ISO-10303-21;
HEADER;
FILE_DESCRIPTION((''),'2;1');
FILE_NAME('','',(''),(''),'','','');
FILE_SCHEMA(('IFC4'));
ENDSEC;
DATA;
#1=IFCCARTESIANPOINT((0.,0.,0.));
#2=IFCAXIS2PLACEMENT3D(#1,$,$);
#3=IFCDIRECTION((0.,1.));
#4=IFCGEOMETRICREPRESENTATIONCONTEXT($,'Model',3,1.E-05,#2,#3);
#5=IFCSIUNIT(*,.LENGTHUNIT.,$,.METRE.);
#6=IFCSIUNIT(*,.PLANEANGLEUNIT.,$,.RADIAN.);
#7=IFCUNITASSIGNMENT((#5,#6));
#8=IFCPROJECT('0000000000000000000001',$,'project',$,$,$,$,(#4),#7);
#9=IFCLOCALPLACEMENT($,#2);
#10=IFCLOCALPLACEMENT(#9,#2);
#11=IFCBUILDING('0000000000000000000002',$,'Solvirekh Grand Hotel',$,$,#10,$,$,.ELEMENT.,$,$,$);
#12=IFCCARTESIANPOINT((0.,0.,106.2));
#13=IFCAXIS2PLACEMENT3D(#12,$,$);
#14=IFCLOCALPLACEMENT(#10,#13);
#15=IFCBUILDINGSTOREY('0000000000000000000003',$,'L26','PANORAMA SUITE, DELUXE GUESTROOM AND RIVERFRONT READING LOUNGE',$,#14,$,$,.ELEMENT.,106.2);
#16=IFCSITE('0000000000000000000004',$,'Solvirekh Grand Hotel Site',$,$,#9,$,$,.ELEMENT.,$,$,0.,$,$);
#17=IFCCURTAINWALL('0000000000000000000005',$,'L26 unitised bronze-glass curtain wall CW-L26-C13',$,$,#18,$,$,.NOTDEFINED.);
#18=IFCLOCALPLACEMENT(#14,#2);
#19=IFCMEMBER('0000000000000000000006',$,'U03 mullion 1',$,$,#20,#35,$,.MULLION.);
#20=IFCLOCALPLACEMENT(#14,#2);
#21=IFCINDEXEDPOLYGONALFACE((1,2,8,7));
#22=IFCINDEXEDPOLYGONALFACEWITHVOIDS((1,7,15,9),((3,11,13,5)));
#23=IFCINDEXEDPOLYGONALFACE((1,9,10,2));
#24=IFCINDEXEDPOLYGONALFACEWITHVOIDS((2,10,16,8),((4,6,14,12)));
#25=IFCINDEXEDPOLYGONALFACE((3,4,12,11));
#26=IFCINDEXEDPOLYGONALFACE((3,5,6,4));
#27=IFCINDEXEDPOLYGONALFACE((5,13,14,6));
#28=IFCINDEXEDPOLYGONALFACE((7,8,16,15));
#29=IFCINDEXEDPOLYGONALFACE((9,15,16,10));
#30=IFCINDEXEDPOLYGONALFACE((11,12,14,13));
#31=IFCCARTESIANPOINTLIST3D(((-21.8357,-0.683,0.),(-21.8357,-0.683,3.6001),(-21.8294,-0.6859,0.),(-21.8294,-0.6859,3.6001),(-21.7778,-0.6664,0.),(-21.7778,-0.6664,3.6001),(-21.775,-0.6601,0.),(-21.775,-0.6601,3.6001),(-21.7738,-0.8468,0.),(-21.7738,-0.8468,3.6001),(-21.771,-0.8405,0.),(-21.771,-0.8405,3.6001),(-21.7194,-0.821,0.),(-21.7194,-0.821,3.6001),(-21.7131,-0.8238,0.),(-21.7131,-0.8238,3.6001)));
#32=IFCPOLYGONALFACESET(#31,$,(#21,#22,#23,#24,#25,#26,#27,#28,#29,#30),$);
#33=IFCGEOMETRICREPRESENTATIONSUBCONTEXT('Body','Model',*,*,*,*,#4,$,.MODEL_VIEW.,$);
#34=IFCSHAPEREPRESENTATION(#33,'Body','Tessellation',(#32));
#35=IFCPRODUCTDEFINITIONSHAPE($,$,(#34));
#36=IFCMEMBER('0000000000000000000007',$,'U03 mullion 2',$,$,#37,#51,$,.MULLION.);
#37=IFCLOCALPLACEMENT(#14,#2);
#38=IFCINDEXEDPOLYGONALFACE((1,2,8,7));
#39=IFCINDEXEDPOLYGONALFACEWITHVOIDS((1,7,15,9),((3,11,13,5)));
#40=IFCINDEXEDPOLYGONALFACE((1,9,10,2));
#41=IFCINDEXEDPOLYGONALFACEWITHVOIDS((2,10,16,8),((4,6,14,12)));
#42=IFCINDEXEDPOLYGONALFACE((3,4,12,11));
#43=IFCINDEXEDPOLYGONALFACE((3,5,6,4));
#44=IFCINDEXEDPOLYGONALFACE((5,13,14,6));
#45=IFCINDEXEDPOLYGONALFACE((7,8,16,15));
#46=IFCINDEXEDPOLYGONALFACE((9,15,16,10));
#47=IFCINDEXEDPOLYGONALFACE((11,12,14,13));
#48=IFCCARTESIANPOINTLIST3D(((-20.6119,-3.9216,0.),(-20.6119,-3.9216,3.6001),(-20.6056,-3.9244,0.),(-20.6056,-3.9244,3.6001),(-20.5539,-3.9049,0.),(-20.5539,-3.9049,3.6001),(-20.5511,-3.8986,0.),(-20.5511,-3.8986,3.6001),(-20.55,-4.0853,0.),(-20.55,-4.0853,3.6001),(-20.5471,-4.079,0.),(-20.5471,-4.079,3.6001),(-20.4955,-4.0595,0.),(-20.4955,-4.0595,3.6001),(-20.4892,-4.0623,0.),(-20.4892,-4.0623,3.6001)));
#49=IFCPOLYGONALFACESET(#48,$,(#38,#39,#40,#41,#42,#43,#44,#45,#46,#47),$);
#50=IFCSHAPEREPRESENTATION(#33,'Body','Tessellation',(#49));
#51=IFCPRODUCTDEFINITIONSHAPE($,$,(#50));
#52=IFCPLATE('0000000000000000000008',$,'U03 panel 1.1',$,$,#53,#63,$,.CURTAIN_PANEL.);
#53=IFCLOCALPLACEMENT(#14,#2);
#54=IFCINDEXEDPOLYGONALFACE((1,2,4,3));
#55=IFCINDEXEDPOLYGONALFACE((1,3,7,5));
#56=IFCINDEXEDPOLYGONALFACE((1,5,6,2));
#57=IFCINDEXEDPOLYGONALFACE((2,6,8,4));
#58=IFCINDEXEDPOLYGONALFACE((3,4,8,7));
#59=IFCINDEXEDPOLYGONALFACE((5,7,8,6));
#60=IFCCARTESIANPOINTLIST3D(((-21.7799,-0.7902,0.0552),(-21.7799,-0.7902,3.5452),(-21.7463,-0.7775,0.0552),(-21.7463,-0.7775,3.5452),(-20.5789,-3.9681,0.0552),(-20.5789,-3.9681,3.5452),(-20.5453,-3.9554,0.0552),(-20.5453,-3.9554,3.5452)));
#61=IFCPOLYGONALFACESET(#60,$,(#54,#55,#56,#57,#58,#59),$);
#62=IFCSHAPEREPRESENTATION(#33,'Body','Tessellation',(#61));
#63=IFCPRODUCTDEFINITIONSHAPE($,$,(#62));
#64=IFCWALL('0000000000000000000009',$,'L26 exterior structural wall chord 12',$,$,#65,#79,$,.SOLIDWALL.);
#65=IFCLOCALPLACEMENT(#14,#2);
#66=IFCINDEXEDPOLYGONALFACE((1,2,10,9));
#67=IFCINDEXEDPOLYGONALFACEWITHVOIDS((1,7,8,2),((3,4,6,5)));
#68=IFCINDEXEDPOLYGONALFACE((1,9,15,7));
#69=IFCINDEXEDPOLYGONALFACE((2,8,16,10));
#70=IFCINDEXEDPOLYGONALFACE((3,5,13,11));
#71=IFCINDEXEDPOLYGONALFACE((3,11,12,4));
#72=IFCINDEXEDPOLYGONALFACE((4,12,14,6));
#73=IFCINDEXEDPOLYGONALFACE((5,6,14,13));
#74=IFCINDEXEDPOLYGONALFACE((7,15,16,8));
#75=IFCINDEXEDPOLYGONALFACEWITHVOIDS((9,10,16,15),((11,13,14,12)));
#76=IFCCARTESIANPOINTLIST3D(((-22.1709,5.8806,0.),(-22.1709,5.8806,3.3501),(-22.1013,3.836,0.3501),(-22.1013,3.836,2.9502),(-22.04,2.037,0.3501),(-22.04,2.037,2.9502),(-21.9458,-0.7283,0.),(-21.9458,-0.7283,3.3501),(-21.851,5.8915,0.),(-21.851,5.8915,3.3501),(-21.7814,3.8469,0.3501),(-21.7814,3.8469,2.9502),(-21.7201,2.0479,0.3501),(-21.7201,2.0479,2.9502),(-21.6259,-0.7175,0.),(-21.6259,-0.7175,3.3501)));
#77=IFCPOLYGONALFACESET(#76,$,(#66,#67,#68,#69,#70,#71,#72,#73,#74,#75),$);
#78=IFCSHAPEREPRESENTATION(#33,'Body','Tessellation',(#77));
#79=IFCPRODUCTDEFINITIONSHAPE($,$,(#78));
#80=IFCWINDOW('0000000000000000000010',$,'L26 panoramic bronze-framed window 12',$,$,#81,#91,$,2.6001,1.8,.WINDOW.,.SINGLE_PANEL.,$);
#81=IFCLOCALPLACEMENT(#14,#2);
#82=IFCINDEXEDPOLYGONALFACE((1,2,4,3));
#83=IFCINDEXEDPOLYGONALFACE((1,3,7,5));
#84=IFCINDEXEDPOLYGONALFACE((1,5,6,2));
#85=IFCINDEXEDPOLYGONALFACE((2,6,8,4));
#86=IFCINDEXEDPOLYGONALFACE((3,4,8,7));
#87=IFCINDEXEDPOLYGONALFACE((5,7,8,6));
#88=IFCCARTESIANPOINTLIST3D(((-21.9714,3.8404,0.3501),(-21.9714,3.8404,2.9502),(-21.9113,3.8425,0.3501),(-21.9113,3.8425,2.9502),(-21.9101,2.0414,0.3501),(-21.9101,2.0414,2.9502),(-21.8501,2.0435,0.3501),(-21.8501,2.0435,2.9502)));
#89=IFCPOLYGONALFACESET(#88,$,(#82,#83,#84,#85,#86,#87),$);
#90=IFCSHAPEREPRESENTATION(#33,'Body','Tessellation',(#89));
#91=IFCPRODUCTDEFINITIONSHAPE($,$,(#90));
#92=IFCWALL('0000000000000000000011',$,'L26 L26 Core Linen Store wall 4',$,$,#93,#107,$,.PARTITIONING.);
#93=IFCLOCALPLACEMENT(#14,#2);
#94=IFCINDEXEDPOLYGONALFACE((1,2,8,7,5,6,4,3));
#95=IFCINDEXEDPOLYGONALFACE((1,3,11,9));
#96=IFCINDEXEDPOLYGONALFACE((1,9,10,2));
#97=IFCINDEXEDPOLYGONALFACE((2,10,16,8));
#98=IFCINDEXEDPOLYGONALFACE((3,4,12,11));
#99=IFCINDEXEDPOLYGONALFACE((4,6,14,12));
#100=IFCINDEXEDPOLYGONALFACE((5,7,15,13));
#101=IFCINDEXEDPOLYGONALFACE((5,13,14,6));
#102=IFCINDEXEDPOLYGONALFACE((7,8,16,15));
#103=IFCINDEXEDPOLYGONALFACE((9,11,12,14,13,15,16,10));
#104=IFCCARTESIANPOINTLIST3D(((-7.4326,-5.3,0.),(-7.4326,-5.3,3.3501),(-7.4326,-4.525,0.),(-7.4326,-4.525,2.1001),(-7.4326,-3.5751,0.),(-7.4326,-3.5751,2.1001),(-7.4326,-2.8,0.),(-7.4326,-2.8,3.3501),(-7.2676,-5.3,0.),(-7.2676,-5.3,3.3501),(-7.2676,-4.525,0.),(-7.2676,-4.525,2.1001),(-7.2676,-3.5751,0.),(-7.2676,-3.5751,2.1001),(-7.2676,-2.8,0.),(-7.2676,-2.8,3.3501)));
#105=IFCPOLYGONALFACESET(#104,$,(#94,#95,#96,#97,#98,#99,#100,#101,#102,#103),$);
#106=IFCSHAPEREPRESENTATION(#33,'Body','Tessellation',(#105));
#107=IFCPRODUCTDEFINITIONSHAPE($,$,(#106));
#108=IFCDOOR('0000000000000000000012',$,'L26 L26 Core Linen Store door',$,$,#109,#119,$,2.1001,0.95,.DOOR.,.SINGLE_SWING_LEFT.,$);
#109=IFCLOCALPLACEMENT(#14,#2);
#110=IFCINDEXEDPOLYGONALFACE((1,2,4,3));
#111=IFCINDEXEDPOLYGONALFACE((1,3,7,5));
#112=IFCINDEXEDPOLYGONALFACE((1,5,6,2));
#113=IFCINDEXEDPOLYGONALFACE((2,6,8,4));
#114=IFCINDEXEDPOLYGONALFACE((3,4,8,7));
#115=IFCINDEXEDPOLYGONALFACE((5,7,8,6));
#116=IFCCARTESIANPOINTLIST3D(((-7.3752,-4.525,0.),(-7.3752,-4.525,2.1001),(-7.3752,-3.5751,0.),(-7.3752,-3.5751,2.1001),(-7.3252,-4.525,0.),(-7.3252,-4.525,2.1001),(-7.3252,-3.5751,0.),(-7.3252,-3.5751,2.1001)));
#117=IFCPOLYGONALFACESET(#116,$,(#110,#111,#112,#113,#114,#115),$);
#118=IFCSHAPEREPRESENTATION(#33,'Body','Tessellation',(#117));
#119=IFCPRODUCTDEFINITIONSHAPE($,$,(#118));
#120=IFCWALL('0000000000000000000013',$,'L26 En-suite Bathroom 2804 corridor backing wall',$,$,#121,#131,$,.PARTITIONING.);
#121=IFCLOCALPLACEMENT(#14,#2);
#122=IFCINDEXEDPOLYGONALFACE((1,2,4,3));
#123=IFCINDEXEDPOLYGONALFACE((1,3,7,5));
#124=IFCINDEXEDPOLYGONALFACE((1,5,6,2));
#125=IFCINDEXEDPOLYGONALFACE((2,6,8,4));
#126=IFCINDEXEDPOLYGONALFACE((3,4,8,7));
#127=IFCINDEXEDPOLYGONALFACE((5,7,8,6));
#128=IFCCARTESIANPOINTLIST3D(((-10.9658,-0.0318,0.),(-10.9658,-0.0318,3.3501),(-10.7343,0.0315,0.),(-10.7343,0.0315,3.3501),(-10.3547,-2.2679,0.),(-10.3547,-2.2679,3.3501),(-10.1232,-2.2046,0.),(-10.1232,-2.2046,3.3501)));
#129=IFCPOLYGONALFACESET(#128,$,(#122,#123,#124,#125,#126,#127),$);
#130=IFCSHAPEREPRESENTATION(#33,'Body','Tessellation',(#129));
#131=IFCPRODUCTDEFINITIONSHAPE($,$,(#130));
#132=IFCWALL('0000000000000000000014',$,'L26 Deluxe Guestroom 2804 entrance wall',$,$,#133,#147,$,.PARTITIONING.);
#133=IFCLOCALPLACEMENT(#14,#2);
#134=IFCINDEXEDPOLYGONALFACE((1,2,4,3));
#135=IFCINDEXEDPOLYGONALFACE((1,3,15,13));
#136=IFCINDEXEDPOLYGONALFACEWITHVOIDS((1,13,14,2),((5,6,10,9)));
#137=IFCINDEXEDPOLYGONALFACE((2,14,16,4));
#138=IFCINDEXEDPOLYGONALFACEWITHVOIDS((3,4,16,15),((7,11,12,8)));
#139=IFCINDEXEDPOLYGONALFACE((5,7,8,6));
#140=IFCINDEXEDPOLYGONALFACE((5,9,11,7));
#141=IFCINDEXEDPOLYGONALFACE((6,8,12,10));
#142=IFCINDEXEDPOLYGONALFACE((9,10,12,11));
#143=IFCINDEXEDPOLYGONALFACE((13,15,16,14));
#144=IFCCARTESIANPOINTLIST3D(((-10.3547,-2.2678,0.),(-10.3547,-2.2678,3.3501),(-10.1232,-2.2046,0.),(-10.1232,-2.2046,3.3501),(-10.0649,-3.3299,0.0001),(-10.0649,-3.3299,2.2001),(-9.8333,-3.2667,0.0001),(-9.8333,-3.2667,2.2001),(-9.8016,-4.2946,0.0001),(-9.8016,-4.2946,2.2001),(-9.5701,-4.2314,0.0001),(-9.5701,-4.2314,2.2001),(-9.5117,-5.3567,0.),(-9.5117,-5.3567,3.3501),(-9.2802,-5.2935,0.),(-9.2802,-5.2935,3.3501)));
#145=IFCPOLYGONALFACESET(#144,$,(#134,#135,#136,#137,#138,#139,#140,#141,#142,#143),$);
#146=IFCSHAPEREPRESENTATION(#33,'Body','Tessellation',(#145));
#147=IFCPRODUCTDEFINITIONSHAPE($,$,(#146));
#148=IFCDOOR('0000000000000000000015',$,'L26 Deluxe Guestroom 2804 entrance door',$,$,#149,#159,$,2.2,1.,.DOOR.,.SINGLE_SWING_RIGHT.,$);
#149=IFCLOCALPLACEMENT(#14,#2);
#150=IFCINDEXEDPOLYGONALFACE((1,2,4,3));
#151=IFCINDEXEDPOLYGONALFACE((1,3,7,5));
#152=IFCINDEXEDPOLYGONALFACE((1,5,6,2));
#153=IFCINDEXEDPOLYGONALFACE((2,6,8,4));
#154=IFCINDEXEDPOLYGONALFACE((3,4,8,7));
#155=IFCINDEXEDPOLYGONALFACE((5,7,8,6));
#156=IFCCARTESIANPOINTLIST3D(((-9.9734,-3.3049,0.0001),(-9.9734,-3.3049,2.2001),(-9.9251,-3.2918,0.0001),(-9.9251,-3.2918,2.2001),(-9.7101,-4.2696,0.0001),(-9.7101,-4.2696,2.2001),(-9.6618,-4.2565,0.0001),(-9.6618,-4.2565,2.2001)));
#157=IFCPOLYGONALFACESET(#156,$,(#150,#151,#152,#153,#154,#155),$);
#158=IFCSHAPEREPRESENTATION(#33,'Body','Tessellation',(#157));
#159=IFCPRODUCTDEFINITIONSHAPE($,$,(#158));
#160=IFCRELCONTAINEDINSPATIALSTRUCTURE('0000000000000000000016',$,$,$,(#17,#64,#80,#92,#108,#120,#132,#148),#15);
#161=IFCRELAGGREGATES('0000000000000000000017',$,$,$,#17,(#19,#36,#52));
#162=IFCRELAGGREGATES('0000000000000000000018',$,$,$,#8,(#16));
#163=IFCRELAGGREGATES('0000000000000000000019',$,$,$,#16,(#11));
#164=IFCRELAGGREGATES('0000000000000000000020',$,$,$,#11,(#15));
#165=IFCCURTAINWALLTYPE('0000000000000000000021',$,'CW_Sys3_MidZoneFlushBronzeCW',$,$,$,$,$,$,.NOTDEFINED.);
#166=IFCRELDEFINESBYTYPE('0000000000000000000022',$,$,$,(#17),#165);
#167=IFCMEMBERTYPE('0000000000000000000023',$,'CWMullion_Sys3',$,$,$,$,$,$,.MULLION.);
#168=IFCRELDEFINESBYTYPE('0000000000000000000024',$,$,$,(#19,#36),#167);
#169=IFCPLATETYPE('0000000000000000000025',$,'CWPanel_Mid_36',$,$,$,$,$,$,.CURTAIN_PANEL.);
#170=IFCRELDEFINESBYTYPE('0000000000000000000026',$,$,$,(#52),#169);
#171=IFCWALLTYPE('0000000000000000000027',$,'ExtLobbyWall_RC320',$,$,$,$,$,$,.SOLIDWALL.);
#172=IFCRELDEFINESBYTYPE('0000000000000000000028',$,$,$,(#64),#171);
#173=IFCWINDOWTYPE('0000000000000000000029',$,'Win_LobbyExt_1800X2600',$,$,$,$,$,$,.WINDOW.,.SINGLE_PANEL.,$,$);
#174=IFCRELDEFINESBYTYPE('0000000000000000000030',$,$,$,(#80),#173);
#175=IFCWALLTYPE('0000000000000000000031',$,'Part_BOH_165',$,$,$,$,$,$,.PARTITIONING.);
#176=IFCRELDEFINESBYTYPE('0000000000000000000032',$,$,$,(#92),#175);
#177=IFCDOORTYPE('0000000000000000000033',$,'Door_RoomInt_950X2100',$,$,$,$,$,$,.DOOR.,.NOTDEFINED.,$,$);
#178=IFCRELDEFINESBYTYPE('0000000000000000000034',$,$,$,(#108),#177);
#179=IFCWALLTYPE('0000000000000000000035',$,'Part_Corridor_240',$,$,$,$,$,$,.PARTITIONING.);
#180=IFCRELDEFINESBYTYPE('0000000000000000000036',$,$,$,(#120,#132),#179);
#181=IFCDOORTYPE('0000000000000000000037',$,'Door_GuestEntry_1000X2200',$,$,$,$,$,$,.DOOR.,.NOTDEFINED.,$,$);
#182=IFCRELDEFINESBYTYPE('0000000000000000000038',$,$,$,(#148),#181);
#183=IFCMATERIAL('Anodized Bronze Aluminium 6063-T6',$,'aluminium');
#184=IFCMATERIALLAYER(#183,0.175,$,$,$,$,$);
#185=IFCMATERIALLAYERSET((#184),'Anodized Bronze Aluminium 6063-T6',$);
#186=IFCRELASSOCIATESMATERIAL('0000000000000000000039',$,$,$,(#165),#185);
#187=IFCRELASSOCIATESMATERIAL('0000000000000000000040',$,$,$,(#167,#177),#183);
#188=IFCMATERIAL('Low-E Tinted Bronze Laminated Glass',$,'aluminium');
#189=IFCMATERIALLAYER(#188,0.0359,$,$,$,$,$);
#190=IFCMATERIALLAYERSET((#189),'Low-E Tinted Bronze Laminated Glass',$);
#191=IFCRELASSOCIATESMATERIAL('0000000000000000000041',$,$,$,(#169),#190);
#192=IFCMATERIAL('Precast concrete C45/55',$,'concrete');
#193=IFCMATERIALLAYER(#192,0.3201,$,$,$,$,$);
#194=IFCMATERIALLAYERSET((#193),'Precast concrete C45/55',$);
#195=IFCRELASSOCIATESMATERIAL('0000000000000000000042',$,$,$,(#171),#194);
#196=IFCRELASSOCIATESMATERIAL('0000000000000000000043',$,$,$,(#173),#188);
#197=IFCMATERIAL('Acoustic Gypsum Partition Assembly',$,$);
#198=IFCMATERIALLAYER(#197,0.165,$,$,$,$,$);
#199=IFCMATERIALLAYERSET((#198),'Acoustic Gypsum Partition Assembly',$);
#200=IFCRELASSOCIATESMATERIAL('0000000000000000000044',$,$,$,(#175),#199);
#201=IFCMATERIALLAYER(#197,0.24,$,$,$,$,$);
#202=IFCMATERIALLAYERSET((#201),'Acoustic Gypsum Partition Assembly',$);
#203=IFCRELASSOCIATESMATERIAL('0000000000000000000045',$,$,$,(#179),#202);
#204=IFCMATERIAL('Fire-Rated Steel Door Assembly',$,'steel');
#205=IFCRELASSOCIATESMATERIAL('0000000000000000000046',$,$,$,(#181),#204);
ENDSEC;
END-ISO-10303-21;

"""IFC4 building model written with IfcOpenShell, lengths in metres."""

from ifc_helpers import new_model, si_unit, direction, frame, frame_2d, origin, origin_2d, place, context, subcontext, project, spatial, rectangle, hollow_rectangle, extrude, source, transform, mapped, material, layer, layer_set, material_profile, profile_set, type_object, element, fill, aggregate, save


model = new_model("IFC4")

# Units and contexts
model_context = context("Model", 3, precision=1e-05, world=origin(), true_north=direction((0.0, 1.0)))
body_context = subcontext(model_context, "Body", "Model", "MODEL_VIEW")
ifc_project = project(units=[si_unit("LENGTHUNIT", "METRE"), si_unit("PLANEANGLEUNIT", "RADIAN")], contexts=[model_context])

# Site, building, storey
site_placement = place(None, origin())
site = spatial("IfcSite", under=ifc_project, at=site_placement, Name="Solvirekh Grand Hotel Site", CompositionType="ELEMENT", RefElevation=0.0)
building_placement = place(site_placement, origin())
building = spatial("IfcBuilding", under=site, at=building_placement, Name="Solvirekh Grand Hotel", CompositionType="ELEMENT")
storey_placement = place(building_placement, frame((0.0, 0.0, 106.2)))
storey = spatial("IfcBuildingStorey", under=building, at=storey_placement, Name="L26", Description="PANORAMA SUITE, DELUXE GUESTROOM AND RIVERFRONT READING LOUNGE", CompositionType="ELEMENT", Elevation=106.2)

# Curtain wall, members, plate
ifc_material_1 = material(Name="Anodized Bronze Aluminium 6063-T6", Category="aluminium")
ifc_layer_1 = layer(ifc_material_1, 0.175)
ifc_layer_set_1 = layer_set([ifc_layer_1], Name="Anodized Bronze Aluminium 6063-T6")
curtain_wall_type = type_object("IfcCurtainWallType", Name="CW_Sys3_MidZoneFlushBronzeCW", PredefinedType="NOTDEFINED", material=ifc_layer_set_1)
curtain_wall_placement = place(storey_placement, origin())
curtain_wall = element("IfcCurtainWall", 1, at=curtain_wall_placement, inside=storey, type_object=curtain_wall_type, Name="L26 unitised bronze-glass curtain wall CW-L26-C13", PredefinedType="NOTDEFINED")
ifc_material_profile_1 = material_profile(ifc_material_1, hollow_rectangle(XDim=0.0649, YDim=0.175, WallThickness=0.0049, at=origin_2d()), Name="ALU RHS 175X65X5")
ifc_profile_set_1 = profile_set([ifc_material_profile_1], Name="Anodized Bronze Aluminium 6063-T6")
member_type_1 = type_object("IfcMemberType", Name="CWMullion_Sys3", PredefinedType="MULLION", material=ifc_profile_set_1)
shared_shape_1 = source(origin(), body_context, "Body", "SweptSolid", [
    extrude(hollow_rectangle(XDim=0.0649, YDim=0.175, WallThickness=0.0049, at=origin_2d()), origin(), (0.0, 0.0, 1.0), 3.6001),
])
member_1_placement = place(storey_placement, frame((-21.7744, -0.7534, 0.0), z_axis=(0.0, 0.0, 1.0), x_axis=(0.935421, 0.353537, 0.0)))
member_1 = element("IfcMember", 2, at=member_1_placement, type_object=member_type_1, Name="U03 mullion 1", PredefinedType="MULLION", context=body_context, shape_type="MappedRepresentation", body=[
    mapped(shared_shape_1, transform((0.0, 0.0, 0.0), x_axis=(1.0, 0.0, 0.0), y_axis=(0.0, 1.0, 0.0), z_axis=(0.0, 0.0, 1.0), scale=1.0)),
])
member_2_placement = place(storey_placement, frame((-20.5505, -3.9919, 0.0), z_axis=(0.0, 0.0, 1.0), x_axis=(0.935421, 0.353537, 0.0)))
member_2 = element("IfcMember", 3, at=member_2_placement, type_object=member_type_1, Name="U03 mullion 2", PredefinedType="MULLION", context=body_context, shape_type="MappedRepresentation", body=[
    mapped(shared_shape_1, transform((0.0, 0.0, 0.0), x_axis=(1.0, 0.0, 0.0), y_axis=(0.0, 1.0, 0.0), z_axis=(0.0, 0.0, 1.0), scale=1.0)),
])
ifc_material_2 = material(Name="Low-E Tinted Bronze Laminated Glass", Category="aluminium")
ifc_layer_2 = layer(ifc_material_2, 0.0359)
ifc_layer_set_2 = layer_set([ifc_layer_2], Name="Low-E Tinted Bronze Laminated Glass")
plate_type = type_object("IfcPlateType", Name="CWPanel_Mid_36", PredefinedType="CURTAIN_PANEL", material=ifc_layer_set_2)
shared_shape_2 = source(origin(), body_context, "Body", "SweptSolid", [
    extrude(rectangle(XDim=3.3972, YDim=0.0359, at=origin_2d()), origin(), (0.0, 0.0, 1.0), 3.49),
])
plate_placement = place(storey_placement, frame((-21.1626, -2.3728, 0.0552), z_axis=(0.0, 0.0, 1.0), x_axis=(0.353537, -0.935421, 0.0)))
plate = element("IfcPlate", 4, at=plate_placement, type_object=plate_type, Name="U03 panel 1.1", PredefinedType="CURTAIN_PANEL", context=body_context, shape_type="MappedRepresentation", body=[
    mapped(shared_shape_2, transform((0.0, 0.0, 0.0), x_axis=(1.0, 0.0, 0.0), y_axis=(0.0, 1.0, 0.0), z_axis=(0.0, 0.0, 1.0), scale=1.0)),
])
aggregate(curtain_wall, [member_1, member_2, plate])

# Wall, opening, window
ifc_material_3 = material(Name="Precast concrete C45/55", Category="concrete")
ifc_layer_3 = layer(ifc_material_3, 0.3201)
ifc_layer_set_3 = layer_set([ifc_layer_3], Name="Precast concrete C45/55")
wall_type_1 = type_object("IfcWallType", Name="ExtLobbyWall_RC320", PredefinedType="SOLIDWALL", material=ifc_layer_set_3)
wall_1_placement = place(storey_placement, frame((-21.7859, -0.7229, 0.0), z_axis=(0.0, 0.0, 1.0), x_axis=(-0.03404, 0.99942, 0.0)))
wall_1 = element("IfcWall", 5, at=wall_1_placement, inside=storey, type_object=wall_type_1, Name="L26 exterior structural wall chord 12", PredefinedType="SOLIDWALL", context=body_context, shape_type="SweptSolid", body=[
    extrude(rectangle(XDim=6.6128, YDim=0.3201, at=frame_2d((3.3064, 0.0))), origin(), (0.0, 0.0, 1.0), 3.3501),
])
opening_1_placement = place(wall_1_placement, frame((2.7671, 0.0, 0.3501)))
opening_1 = element("IfcOpeningElement", 6, at=opening_1_placement, cuts=wall_1, PredefinedType="OPENING", context=body_context, shape_type="SweptSolid", body=[
    extrude(rectangle(XDim=1.8, YDim=2.6001, at=frame_2d((0.8999, 1.3))), frame((0.0, 0.1699, 0.0), z_axis=(0.0, -1.0, 0.0), x_axis=(1.0, 0.0, 0.0)), (0.0, 0.0, 1.0), 0.3401),
])
window_type = type_object("IfcWindowType", Name="Win_LobbyExt_1800X2600", PartitioningType="SINGLE_PANEL", PredefinedType="WINDOW", material=ifc_material_2)
window_placement = place(opening_1_placement, origin())
window = element("IfcWindow", 7, at=window_placement, inside=storey, type_object=window_type, Name="L26 panoramic bronze-framed window 12", OverallHeight=2.6001, OverallWidth=1.8, PartitioningType="SINGLE_PANEL", PredefinedType="WINDOW", context=body_context, shape_type="SweptSolid", body=[
    extrude(rectangle(XDim=1.8, YDim=2.6001, at=frame_2d((0.8999, 1.3))), frame((0.0, 0.03, 0.0), z_axis=(0.0, -1.0, 0.0), x_axis=(1.0, 0.0, 0.0)), (0.0, 0.0, 1.0), 0.0601),
])
fill(opening_1, window)

# Wall, opening, door
ifc_material_4 = material(Name="Acoustic Gypsum Partition Assembly")
ifc_layer_4 = layer(ifc_material_4, 0.165)
ifc_layer_set_4 = layer_set([ifc_layer_4], Name="Acoustic Gypsum Partition Assembly")
wall_type_2 = type_object("IfcWallType", Name="Part_BOH_165", PredefinedType="PARTITIONING", material=ifc_layer_set_4)
wall_2_placement = place(storey_placement, frame((-7.3501, -2.8, 0.0), z_axis=(0.0, 0.0, 1.0), x_axis=(0.0, -1.0, 0.0)))
wall_2 = element("IfcWall", 8, at=wall_2_placement, inside=storey, type_object=wall_type_2, Name="L26 L26 Core Linen Store wall 4", PredefinedType="PARTITIONING", context=body_context, shape_type="SweptSolid", body=[
    extrude(rectangle(XDim=2.5, YDim=0.165, at=frame_2d((1.25, 0.0))), origin(), (0.0, 0.0, 1.0), 3.3501),
])
opening_2_placement = place(wall_2_placement, frame((0.7749, 0.0, 0.0)))
opening_2 = element("IfcOpeningElement", 9, at=opening_2_placement, cuts=wall_2, PredefinedType="OPENING", context=body_context, shape_type="SweptSolid", body=[
    extrude(rectangle(XDim=0.95, YDim=2.1001, at=frame_2d((0.4751, 1.05))), frame((0.0, 0.0925, 0.0), z_axis=(0.0, -1.0, 0.0), x_axis=(1.0, 0.0, 0.0)), (0.0, 0.0, 1.0), 0.1851),
])
door_type_1 = type_object("IfcDoorType", Name="Door_RoomInt_950X2100", OperationType="NOTDEFINED", PredefinedType="DOOR", material=ifc_material_1)
door_1_placement = place(opening_2_placement, origin())
door_1 = element("IfcDoor", 10, at=door_1_placement, inside=storey, type_object=door_type_1, Name="L26 L26 Core Linen Store door", OperationType="SINGLE_SWING_LEFT", OverallHeight=2.1001, OverallWidth=0.95, PredefinedType="DOOR", context=body_context, shape_type="SweptSolid", body=[
    extrude(rectangle(XDim=0.95, YDim=2.1001, at=frame_2d((0.4751, 1.05))), frame((0.0, 0.0249, 0.0), z_axis=(0.0, -1.0, 0.0), x_axis=(1.0, 0.0, 0.0)), (0.0, 0.0, 1.0), 0.05),
])
fill(opening_2, door_1)

# Wall
ifc_layer_5 = layer(ifc_material_4, 0.24)
ifc_layer_set_5 = layer_set([ifc_layer_5], Name="Acoustic Gypsum Partition Assembly")
wall_type_3 = type_object("IfcWallType", Name="Part_Corridor_240", PredefinedType="PARTITIONING", material=ifc_layer_set_5)
wall_3_placement = place(storey_placement, frame((-10.8501, 0.0, 0.0), z_axis=(0.0, 0.0, 1.0), x_axis=(0.263616, -0.964628, 0.0)))
element("IfcWall", 11, at=wall_3_placement, inside=storey, type_object=wall_type_3, Name="L26 En-suite Bathroom 2804 corridor backing wall", PredefinedType="PARTITIONING", context=body_context, shape_type="SweptSolid", body=[
    extrude(rectangle(XDim=2.3181, YDim=0.24, at=frame_2d((1.1592, 0.0))), origin(), (0.0, 0.0, 1.0), 3.3501),
])

# Wall, opening, door
wall_4_placement = place(storey_placement, frame((-10.239, -2.2361, 0.0), z_axis=(0.0, 0.0, 1.0), x_axis=(0.263292, -0.964716, 0.0)))
wall_4 = element("IfcWall", 12, at=wall_4_placement, inside=storey, type_object=wall_type_3, Name="L26 Deluxe Guestroom 2804 entrance wall", PredefinedType="PARTITIONING", context=body_context, shape_type="SweptSolid", body=[
    extrude(rectangle(XDim=3.2019, YDim=0.24, at=frame_2d((1.6011, 0.0))), origin(), (0.0, 0.0, 1.0), 3.3501),
])
opening_3_placement = place(wall_4_placement, frame((1.1011, 0.0, 0.0)))
opening_3 = element("IfcOpeningElement", 13, at=opening_3_placement, cuts=wall_4, PredefinedType="OPENING", context=body_context, shape_type="SweptSolid", body=[
    extrude(rectangle(XDim=1.0, YDim=2.2, at=frame_2d((0.5, 1.1001))), frame((0.0, 0.1299, 0.0), z_axis=(0.0, -1.0, 0.0), x_axis=(1.0, 0.0, 0.0)), (0.0, 0.0, 1.0), 0.26),
])
ifc_material_5 = material(Name="Fire-Rated Steel Door Assembly", Category="steel")
door_type_2 = type_object("IfcDoorType", Name="Door_GuestEntry_1000X2200", OperationType="NOTDEFINED", PredefinedType="DOOR", material=ifc_material_5)
door_2_placement = place(opening_3_placement, origin())
door_2 = element("IfcDoor", 14, at=door_2_placement, inside=storey, type_object=door_type_2, Name="L26 Deluxe Guestroom 2804 entrance door", OperationType="SINGLE_SWING_RIGHT", OverallHeight=2.2, OverallWidth=1.0, PredefinedType="DOOR", context=body_context, shape_type="SweptSolid", body=[
    extrude(rectangle(XDim=1.0, YDim=2.2, at=frame_2d((0.5, 1.1001))), frame((0.0, 0.0249, 0.0), z_axis=(0.0, -1.0, 0.0), x_axis=(1.0, 0.0, 0.0)), (0.0, 0.0, 1.0), 0.05),
])
fill(opening_3, door_2)

save(model, "model.ifc")
